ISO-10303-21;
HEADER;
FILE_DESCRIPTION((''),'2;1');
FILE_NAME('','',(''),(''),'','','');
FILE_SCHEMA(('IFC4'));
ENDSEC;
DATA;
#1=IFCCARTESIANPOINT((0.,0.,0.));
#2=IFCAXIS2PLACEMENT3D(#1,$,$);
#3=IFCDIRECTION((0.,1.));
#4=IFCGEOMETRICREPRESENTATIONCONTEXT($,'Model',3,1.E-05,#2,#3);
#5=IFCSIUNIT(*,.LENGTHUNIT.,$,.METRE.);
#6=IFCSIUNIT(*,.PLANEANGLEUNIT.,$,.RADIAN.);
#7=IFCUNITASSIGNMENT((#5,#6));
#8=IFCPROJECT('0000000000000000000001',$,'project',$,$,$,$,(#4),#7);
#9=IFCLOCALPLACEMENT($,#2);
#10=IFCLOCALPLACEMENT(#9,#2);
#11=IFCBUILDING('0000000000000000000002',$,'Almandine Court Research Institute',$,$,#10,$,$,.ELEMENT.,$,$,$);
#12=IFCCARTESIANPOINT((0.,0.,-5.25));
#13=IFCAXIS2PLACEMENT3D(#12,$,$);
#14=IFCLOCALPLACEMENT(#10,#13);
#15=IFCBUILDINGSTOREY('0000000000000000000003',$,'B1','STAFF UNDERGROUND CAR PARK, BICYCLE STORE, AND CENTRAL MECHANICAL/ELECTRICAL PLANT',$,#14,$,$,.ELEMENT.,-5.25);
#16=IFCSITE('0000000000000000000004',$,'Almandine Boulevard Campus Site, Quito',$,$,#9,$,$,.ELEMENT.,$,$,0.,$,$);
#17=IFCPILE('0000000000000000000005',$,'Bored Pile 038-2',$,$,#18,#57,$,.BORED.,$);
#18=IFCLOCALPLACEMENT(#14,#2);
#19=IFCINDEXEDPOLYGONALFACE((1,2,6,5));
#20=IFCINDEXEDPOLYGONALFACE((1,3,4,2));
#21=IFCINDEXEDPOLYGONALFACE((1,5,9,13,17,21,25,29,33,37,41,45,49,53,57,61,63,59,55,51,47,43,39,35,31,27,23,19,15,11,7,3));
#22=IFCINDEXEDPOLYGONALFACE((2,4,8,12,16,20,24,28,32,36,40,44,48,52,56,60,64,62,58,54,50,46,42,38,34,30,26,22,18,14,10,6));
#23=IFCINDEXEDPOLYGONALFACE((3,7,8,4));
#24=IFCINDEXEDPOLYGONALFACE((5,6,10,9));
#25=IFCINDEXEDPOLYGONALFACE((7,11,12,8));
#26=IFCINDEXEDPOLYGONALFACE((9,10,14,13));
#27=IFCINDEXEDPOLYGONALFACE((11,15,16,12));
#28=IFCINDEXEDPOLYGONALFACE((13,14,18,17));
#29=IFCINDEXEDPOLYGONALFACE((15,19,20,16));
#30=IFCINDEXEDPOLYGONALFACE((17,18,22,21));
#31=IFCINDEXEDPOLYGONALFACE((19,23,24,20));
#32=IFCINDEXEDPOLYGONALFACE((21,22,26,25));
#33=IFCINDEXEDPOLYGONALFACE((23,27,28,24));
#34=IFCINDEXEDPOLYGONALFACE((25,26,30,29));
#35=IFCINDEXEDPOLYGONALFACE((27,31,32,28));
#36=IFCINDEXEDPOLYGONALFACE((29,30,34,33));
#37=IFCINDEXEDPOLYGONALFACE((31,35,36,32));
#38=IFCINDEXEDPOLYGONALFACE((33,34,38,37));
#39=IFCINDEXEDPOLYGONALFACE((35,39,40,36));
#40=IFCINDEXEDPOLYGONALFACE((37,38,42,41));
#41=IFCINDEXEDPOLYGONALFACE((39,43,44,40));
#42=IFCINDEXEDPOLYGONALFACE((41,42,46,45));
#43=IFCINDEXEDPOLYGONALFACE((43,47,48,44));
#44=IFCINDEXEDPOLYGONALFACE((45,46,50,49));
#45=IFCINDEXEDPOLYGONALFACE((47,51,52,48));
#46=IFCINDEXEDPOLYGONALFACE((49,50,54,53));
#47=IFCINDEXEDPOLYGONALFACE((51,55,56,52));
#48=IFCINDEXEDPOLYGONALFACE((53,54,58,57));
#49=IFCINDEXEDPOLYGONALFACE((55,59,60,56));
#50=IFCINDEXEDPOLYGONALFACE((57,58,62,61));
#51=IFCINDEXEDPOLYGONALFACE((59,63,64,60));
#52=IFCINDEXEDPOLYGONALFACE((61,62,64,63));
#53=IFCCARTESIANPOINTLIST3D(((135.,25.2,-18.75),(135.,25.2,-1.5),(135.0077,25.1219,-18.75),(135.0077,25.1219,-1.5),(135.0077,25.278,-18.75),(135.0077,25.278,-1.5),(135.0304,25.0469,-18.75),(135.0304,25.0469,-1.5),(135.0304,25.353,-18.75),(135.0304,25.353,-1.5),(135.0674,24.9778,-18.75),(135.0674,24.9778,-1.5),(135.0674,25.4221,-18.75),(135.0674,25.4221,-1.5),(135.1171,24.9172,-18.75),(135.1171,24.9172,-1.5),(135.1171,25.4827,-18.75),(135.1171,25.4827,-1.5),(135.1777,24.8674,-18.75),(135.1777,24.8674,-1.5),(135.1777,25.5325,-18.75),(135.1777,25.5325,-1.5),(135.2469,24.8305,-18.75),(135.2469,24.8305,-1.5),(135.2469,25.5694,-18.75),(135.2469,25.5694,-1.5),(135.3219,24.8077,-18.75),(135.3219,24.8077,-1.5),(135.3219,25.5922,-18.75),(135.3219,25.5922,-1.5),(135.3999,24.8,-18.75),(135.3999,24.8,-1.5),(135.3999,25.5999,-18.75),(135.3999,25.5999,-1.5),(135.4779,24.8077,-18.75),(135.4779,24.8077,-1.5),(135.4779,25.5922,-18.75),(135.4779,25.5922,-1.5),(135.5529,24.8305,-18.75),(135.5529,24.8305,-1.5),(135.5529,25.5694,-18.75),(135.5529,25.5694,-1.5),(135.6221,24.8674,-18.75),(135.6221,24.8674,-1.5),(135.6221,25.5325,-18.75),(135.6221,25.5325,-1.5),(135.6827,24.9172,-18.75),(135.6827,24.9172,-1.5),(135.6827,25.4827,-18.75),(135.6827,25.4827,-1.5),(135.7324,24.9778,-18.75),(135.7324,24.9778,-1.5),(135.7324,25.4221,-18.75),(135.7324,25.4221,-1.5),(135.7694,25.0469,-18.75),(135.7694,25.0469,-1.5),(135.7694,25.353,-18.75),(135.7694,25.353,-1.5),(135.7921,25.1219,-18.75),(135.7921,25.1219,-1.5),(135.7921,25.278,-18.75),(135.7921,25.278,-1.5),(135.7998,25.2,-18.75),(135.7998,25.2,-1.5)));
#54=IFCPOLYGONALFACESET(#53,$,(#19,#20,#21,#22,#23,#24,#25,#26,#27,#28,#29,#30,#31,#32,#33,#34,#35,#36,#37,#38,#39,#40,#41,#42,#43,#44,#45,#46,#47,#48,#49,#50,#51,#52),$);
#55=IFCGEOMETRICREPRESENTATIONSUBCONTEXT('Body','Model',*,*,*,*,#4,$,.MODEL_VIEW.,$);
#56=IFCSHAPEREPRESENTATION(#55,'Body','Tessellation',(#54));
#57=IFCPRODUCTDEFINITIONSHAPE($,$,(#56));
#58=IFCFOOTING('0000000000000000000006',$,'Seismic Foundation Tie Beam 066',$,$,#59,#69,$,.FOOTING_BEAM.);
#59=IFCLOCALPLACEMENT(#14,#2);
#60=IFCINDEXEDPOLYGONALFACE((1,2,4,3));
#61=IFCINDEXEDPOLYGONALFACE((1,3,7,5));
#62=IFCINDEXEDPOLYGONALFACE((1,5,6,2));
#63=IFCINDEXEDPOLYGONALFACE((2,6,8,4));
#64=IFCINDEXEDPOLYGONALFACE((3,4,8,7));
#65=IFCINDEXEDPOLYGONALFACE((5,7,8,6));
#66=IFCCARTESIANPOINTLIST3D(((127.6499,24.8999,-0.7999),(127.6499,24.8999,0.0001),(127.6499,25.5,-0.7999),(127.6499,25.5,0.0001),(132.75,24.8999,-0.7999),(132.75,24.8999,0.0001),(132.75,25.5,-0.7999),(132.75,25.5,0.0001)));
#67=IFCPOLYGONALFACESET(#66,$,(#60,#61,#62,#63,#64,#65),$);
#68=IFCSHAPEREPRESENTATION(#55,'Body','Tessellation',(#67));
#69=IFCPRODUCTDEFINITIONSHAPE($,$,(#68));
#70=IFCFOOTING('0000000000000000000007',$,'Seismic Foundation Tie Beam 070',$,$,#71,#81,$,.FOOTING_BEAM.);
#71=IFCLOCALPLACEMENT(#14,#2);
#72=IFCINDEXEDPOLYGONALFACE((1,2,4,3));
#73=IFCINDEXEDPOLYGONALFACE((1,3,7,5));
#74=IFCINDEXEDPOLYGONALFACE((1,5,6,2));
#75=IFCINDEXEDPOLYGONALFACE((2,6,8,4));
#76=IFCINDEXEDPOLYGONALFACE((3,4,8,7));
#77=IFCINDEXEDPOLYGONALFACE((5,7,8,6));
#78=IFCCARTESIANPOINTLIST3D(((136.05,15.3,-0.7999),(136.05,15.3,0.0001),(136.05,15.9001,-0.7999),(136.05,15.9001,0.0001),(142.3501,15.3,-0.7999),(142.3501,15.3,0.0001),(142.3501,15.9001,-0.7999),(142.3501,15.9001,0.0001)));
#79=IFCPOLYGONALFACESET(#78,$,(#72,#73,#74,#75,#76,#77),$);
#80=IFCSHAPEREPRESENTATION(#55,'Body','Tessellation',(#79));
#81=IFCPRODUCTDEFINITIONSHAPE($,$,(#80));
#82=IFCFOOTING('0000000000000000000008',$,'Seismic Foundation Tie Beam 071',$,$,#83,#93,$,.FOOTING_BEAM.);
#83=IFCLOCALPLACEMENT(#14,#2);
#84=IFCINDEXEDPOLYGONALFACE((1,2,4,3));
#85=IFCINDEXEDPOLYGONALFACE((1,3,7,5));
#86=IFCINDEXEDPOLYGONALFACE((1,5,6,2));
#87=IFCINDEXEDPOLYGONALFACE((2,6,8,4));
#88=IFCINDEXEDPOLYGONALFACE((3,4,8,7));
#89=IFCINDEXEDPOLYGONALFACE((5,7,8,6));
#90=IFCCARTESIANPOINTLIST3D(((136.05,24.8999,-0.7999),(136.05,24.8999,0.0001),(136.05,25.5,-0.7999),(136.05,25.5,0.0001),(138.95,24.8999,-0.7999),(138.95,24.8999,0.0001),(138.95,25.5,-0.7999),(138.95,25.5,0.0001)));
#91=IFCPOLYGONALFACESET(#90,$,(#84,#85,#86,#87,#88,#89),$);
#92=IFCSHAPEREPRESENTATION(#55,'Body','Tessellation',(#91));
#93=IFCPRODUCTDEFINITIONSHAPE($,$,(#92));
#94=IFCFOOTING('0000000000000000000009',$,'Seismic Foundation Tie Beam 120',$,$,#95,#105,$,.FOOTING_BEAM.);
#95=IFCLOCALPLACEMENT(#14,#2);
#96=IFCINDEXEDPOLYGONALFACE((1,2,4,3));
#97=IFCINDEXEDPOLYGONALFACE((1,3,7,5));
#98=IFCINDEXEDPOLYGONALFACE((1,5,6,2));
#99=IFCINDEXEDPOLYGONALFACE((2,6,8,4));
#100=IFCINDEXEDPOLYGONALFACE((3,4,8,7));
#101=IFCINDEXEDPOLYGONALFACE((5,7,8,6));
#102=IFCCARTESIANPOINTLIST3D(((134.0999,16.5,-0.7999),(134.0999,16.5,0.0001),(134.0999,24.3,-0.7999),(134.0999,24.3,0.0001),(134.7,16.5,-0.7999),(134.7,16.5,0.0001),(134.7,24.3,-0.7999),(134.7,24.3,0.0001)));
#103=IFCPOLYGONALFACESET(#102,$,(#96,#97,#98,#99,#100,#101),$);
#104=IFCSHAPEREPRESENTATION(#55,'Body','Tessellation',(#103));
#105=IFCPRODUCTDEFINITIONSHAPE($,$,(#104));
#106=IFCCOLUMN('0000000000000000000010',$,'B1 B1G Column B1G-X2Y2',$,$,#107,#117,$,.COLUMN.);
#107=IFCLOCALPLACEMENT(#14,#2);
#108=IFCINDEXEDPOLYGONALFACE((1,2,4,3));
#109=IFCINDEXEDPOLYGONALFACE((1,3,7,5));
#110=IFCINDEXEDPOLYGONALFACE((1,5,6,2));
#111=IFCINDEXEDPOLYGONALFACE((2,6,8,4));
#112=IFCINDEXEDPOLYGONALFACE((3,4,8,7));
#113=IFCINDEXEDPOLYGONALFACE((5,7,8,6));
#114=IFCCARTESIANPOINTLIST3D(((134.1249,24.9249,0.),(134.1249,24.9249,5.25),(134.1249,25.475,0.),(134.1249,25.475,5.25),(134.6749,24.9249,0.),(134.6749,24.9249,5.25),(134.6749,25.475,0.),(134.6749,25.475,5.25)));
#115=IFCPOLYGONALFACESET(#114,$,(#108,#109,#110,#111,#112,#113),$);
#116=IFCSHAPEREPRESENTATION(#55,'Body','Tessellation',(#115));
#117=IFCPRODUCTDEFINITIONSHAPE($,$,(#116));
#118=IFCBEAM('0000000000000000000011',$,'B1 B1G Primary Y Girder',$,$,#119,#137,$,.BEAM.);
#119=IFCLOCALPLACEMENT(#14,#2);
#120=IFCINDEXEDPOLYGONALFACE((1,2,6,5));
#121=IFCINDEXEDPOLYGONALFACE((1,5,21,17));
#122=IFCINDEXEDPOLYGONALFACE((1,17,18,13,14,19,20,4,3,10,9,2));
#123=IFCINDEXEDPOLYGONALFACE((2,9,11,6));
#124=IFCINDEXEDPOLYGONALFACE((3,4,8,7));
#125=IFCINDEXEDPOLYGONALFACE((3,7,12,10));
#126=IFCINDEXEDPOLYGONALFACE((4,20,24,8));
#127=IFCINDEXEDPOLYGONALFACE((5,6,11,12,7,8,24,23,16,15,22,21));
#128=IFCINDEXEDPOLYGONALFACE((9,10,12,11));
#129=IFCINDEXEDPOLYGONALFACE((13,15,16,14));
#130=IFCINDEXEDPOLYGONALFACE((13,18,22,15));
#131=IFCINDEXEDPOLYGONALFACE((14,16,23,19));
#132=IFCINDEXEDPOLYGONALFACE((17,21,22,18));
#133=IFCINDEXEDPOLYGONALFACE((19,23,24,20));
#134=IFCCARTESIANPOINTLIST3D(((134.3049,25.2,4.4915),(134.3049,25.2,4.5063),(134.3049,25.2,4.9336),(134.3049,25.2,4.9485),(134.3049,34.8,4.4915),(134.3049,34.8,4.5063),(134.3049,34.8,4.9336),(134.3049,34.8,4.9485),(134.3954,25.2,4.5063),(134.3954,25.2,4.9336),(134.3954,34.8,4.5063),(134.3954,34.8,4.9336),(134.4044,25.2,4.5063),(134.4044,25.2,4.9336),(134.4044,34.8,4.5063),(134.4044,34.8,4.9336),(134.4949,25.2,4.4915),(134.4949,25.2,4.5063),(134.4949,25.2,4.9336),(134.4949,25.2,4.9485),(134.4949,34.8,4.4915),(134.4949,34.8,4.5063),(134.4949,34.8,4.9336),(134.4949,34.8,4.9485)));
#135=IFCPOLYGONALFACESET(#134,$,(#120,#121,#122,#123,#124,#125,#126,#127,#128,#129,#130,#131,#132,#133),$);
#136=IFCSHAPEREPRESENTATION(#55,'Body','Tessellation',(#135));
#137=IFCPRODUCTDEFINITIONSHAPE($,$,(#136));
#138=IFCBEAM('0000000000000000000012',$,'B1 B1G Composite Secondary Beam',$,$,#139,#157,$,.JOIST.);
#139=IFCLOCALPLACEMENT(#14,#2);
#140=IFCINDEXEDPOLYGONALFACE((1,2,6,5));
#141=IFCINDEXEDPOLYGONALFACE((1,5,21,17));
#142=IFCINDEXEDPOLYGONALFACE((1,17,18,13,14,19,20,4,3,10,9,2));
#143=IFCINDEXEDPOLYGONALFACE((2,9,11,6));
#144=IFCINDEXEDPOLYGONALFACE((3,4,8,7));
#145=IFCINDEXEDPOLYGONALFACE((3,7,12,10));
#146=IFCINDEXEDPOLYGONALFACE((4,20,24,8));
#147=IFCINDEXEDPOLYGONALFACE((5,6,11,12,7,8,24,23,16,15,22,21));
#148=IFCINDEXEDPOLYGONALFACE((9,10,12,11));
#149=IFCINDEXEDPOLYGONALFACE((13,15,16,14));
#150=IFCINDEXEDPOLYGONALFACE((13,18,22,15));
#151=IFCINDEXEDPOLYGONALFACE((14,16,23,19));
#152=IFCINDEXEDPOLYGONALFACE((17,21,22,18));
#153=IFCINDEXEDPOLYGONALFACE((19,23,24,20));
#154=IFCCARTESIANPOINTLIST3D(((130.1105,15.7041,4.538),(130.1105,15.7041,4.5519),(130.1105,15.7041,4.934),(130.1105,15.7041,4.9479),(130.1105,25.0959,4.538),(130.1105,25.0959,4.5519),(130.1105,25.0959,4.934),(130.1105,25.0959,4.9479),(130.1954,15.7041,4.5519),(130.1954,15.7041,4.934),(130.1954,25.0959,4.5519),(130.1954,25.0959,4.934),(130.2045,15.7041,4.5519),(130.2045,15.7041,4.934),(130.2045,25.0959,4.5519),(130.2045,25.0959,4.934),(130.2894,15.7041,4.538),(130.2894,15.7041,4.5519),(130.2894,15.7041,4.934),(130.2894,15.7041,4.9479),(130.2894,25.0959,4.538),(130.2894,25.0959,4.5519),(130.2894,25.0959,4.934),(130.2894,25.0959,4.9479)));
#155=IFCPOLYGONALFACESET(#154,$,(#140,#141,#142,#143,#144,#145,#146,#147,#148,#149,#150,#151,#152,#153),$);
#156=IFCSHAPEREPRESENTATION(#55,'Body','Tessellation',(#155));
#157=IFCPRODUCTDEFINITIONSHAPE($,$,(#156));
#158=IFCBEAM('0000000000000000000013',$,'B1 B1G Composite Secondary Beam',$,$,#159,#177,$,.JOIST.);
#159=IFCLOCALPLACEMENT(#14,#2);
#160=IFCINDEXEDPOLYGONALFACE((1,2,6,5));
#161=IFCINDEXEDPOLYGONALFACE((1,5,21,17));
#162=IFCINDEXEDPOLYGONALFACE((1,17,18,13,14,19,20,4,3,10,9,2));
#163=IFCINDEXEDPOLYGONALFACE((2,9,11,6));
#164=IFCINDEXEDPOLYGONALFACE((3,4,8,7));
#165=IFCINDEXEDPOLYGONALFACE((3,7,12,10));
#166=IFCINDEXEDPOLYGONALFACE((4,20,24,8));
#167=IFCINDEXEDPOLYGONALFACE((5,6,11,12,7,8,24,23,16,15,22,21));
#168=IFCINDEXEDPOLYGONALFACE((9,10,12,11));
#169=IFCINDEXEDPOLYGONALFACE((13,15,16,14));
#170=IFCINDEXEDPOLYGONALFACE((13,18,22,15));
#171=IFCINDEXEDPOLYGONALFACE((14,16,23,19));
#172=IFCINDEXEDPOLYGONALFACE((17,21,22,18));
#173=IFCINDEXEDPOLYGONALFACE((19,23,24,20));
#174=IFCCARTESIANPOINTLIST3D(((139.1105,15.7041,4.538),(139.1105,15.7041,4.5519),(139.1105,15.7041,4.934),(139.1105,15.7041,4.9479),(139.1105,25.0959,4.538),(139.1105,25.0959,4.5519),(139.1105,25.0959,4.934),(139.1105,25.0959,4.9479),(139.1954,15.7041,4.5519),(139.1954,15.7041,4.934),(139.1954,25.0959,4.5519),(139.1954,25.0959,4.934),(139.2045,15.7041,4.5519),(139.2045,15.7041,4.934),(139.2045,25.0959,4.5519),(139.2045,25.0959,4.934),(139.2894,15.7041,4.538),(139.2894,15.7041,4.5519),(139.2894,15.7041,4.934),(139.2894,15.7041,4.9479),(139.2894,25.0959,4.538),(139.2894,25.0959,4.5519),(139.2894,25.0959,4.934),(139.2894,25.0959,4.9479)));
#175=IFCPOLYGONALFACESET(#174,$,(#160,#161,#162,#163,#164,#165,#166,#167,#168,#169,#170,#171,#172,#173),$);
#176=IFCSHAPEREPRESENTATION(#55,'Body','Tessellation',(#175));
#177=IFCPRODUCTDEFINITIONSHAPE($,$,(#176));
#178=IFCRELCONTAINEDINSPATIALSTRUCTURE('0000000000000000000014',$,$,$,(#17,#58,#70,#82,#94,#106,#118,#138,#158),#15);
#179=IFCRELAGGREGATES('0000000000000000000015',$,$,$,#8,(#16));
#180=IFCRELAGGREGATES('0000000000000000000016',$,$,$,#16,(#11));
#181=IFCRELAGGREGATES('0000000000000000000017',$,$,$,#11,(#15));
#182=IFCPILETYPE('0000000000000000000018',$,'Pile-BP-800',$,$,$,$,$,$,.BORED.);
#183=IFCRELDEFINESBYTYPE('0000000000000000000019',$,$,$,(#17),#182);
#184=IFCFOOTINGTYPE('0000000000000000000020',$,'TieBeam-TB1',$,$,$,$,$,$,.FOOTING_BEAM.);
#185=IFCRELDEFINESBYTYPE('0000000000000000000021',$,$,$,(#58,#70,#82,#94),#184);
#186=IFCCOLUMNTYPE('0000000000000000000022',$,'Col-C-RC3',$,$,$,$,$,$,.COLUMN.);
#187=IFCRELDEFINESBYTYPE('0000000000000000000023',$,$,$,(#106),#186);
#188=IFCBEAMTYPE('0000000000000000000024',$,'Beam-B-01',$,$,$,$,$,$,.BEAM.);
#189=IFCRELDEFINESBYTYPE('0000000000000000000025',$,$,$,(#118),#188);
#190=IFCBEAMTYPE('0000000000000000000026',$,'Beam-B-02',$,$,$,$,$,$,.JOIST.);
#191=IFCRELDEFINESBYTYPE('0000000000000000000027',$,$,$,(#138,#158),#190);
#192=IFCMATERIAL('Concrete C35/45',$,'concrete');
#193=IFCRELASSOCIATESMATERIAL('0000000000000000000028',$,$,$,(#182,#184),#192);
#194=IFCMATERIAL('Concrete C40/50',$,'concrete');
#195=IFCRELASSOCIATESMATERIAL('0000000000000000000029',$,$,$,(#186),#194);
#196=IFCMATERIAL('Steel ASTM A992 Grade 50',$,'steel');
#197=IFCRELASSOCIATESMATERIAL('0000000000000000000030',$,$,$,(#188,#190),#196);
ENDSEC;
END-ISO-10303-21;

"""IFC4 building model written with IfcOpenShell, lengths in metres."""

from ifc_helpers import new_model, si_unit, direction, frame, origin, origin_2d, place, context, subcontext, project, spatial, rectangle, circle, i_section, extrude, material, material_profile, profile_set, type_object, element, save


model = new_model("IFC4")

# Units and contexts
model_context = context("Model", 3, precision=1e-05, world=origin(), true_north=direction((0.0, 1.0)))
body_context = subcontext(model_context, "Body", "Model", "MODEL_VIEW")
ifc_project = project(units=[si_unit("LENGTHUNIT", "METRE"), si_unit("PLANEANGLEUNIT", "RADIAN")], contexts=[model_context])

# Site, building, storey
site_placement = place(None, origin())
site = spatial("IfcSite", under=ifc_project, at=site_placement, Name="Almandine Boulevard Campus Site, Quito", CompositionType="ELEMENT", RefElevation=0.0)
building_placement = place(site_placement, origin())
building = spatial("IfcBuilding", under=site, at=building_placement, Name="Almandine Court Research Institute", CompositionType="ELEMENT")
storey_placement = place(building_placement, frame((0.0, 0.0, -5.25)))
storey = spatial("IfcBuildingStorey", under=building, at=storey_placement, Name="B1", Description="STAFF UNDERGROUND CAR PARK, BICYCLE STORE, AND CENTRAL MECHANICAL/ELECTRICAL PLANT", CompositionType="ELEMENT", Elevation=-5.25)

# Shared definitions
ifc_material_1 = material(Name="Concrete C35/45", Category="concrete")

# Pile
ifc_material_profile_1 = material_profile(ifc_material_1, circle(Radius=0.3999, at=origin_2d()), Name="BORED PILE D800")
ifc_profile_set_1 = profile_set([ifc_material_profile_1], Name="Concrete C35/45")
pile_type = type_object("IfcPileType", Name="Pile-BP-800", PredefinedType="BORED", material=ifc_profile_set_1)
for number, where, z_axis, x_axis, name in (
    (1, (135.3999, 25.2, -1.5), (0.0, 0.0, -1.0), (1.0, 0.0, 0.0), "Bored Pile 038-2"),
):
    element("IfcPile", number, at=place(storey_placement, frame(where, z_axis=z_axis, x_axis=x_axis)), inside=storey, type_object=pile_type, Name=name, PredefinedType="BORED", context=body_context, shape_type="SweptSolid", body=[
        extrude(circle(Radius=0.3999, at=origin_2d()), origin(), (0.0, 0.0, 1.0), 17.25),
    ])

# Footings
ifc_material_profile_2 = material_profile(ifc_material_1, rectangle(XDim=0.6001, YDim=0.8, at=origin_2d()), Name="RC TIE 600x800")
ifc_profile_set_2 = profile_set([ifc_material_profile_2], Name="Concrete C35/45")
footing_type_1 = type_object("IfcFootingType", Name="TieBeam-TB1", PredefinedType="FOOTING_BEAM", material=ifc_profile_set_2)
footing_1_placement = place(storey_placement, frame((127.6499, 25.2, -0.3999), z_axis=(1.0, 0.0, 0.0), x_axis=(0.0, 1.0, 0.0)))
element("IfcFooting", 2, at=footing_1_placement, inside=storey, type_object=footing_type_1, Name="Seismic Foundation Tie Beam 066", PredefinedType="FOOTING_BEAM", context=body_context, shape_type="SweptSolid", body=[
    extrude(rectangle(XDim=0.6001, YDim=0.8, at=origin_2d()), origin(), (0.0, 0.0, 1.0), 5.1001),
])
footing_2_placement = place(storey_placement, frame((136.05, 15.6001, -0.3999), z_axis=(1.0, 0.0, 0.0), x_axis=(0.0, 1.0, 0.0)))
element("IfcFooting", 3, at=footing_2_placement, inside=storey, type_object=footing_type_1, Name="Seismic Foundation Tie Beam 070", PredefinedType="FOOTING_BEAM", context=body_context, shape_type="SweptSolid", body=[
    extrude(rectangle(XDim=0.6001, YDim=0.8, at=origin_2d()), origin(), (0.0, 0.0, 1.0), 6.3),
])
footing_3_placement = place(storey_placement, frame((136.05, 25.2, -0.3999), z_axis=(1.0, 0.0, 0.0), x_axis=(0.0, 1.0, 0.0)))
element("IfcFooting", 4, at=footing_3_placement, inside=storey, type_object=footing_type_1, Name="Seismic Foundation Tie Beam 071", PredefinedType="FOOTING_BEAM", context=body_context, shape_type="SweptSolid", body=[
    extrude(rectangle(XDim=0.6001, YDim=0.8, at=origin_2d()), origin(), (0.0, 0.0, 1.0), 2.8999),
])
footing_4_placement = place(storey_placement, frame((134.3999, 16.5, -0.3999), z_axis=(0.0, 1.0, 0.0), x_axis=(-1.0, 0.0, 0.0)))
element("IfcFooting", 5, at=footing_4_placement, inside=storey, type_object=footing_type_1, Name="Seismic Foundation Tie Beam 120", PredefinedType="FOOTING_BEAM", context=body_context, shape_type="SweptSolid", body=[
    extrude(rectangle(XDim=0.6001, YDim=0.8, at=origin_2d()), origin(), (0.0, 0.0, 1.0), 7.8),
])

# Column
ifc_material_2 = material(Name="Concrete C40/50", Category="concrete")
ifc_material_profile_3 = material_profile(ifc_material_2, rectangle(XDim=0.55, YDim=0.55, at=origin_2d()), Name="RC 550x550")
ifc_profile_set_3 = profile_set([ifc_material_profile_3], Name="Concrete C40/50")
column_type = type_object("IfcColumnType", Name="Col-C-RC3", PredefinedType="COLUMN", material=ifc_profile_set_3)
column_placement = place(storey_placement, frame((134.3999, 25.2, 0.0), z_axis=(0.0, 0.0, 1.0), x_axis=(1.0, 0.0, 0.0)))
element("IfcColumn", 6, at=column_placement, inside=storey, type_object=column_type, Name="B1 B1G Column B1G-X2Y2", PredefinedType="COLUMN", context=body_context, shape_type="SweptSolid", body=[
    extrude(rectangle(XDim=0.55, YDim=0.55, at=origin_2d()), origin(), (0.0, 0.0, 1.0), 5.25),
])

# Beams
ifc_material_3 = material(Name="Steel ASTM A992 Grade 50", Category="steel")
ifc_material_profile_4 = material_profile(ifc_material_3, i_section(OverallWidth=0.1899, OverallDepth=0.457, WebThickness=0.009, FlangeThickness=0.0149, at=origin_2d()), Name="W460x74")
ifc_profile_set_4 = profile_set([ifc_material_profile_4], Name="Steel ASTM A992 Grade 50")
beam_type_1 = type_object("IfcBeamType", Name="Beam-B-01", PredefinedType="BEAM", material=ifc_profile_set_4)
beam_1_placement = place(storey_placement, frame((134.3999, 25.2, 4.72), z_axis=(0.0, 1.0, 0.0), x_axis=(-1.0, 0.0, 0.0)))
element("IfcBeam", 7, at=beam_1_placement, inside=storey, type_object=beam_type_1, Name="B1 B1G Primary Y Girder", PredefinedType="BEAM", context=body_context, shape_type="SweptSolid", body=[
    extrude(i_section(OverallWidth=0.1899, OverallDepth=0.457, WebThickness=0.009, FlangeThickness=0.0149, at=origin_2d()), origin(), (0.0, 0.0, 1.0), 9.6001),
])
ifc_material_profile_5 = material_profile(ifc_material_3, i_section(OverallWidth=0.179, OverallDepth=0.4099, WebThickness=0.009, FlangeThickness=0.0139, at=origin_2d()), Name="W410x67")
ifc_profile_set_5 = profile_set([ifc_material_profile_5], Name="Steel ASTM A992 Grade 50")
beam_type_2 = type_object("IfcBeamType", Name="Beam-B-02", PredefinedType="JOIST", material=ifc_profile_set_5)
for number, where, z_axis, x_axis, name in (
    (8, (130.2, 15.7041, 4.7429), (0.0, 1.0, 0.0), (-1.0, 0.0, 0.0), "B1 B1G Composite Secondary Beam"),
    (9, (139.2, 15.7041, 4.7429), (0.0, 1.0, 0.0), (-1.0, 0.0, 0.0), "B1 B1G Composite Secondary Beam"),
):
    element("IfcBeam", number, at=place(storey_placement, frame(where, z_axis=z_axis, x_axis=x_axis)), inside=storey, type_object=beam_type_2, Name=name, PredefinedType="JOIST", context=body_context, shape_type="SweptSolid", body=[
        extrude(i_section(OverallWidth=0.179, OverallDepth=0.4099, WebThickness=0.009, FlangeThickness=0.0139, at=origin_2d()), origin(), (0.0, 0.0, 1.0), 9.3918),
    ])

save(model, "model.ifc")
